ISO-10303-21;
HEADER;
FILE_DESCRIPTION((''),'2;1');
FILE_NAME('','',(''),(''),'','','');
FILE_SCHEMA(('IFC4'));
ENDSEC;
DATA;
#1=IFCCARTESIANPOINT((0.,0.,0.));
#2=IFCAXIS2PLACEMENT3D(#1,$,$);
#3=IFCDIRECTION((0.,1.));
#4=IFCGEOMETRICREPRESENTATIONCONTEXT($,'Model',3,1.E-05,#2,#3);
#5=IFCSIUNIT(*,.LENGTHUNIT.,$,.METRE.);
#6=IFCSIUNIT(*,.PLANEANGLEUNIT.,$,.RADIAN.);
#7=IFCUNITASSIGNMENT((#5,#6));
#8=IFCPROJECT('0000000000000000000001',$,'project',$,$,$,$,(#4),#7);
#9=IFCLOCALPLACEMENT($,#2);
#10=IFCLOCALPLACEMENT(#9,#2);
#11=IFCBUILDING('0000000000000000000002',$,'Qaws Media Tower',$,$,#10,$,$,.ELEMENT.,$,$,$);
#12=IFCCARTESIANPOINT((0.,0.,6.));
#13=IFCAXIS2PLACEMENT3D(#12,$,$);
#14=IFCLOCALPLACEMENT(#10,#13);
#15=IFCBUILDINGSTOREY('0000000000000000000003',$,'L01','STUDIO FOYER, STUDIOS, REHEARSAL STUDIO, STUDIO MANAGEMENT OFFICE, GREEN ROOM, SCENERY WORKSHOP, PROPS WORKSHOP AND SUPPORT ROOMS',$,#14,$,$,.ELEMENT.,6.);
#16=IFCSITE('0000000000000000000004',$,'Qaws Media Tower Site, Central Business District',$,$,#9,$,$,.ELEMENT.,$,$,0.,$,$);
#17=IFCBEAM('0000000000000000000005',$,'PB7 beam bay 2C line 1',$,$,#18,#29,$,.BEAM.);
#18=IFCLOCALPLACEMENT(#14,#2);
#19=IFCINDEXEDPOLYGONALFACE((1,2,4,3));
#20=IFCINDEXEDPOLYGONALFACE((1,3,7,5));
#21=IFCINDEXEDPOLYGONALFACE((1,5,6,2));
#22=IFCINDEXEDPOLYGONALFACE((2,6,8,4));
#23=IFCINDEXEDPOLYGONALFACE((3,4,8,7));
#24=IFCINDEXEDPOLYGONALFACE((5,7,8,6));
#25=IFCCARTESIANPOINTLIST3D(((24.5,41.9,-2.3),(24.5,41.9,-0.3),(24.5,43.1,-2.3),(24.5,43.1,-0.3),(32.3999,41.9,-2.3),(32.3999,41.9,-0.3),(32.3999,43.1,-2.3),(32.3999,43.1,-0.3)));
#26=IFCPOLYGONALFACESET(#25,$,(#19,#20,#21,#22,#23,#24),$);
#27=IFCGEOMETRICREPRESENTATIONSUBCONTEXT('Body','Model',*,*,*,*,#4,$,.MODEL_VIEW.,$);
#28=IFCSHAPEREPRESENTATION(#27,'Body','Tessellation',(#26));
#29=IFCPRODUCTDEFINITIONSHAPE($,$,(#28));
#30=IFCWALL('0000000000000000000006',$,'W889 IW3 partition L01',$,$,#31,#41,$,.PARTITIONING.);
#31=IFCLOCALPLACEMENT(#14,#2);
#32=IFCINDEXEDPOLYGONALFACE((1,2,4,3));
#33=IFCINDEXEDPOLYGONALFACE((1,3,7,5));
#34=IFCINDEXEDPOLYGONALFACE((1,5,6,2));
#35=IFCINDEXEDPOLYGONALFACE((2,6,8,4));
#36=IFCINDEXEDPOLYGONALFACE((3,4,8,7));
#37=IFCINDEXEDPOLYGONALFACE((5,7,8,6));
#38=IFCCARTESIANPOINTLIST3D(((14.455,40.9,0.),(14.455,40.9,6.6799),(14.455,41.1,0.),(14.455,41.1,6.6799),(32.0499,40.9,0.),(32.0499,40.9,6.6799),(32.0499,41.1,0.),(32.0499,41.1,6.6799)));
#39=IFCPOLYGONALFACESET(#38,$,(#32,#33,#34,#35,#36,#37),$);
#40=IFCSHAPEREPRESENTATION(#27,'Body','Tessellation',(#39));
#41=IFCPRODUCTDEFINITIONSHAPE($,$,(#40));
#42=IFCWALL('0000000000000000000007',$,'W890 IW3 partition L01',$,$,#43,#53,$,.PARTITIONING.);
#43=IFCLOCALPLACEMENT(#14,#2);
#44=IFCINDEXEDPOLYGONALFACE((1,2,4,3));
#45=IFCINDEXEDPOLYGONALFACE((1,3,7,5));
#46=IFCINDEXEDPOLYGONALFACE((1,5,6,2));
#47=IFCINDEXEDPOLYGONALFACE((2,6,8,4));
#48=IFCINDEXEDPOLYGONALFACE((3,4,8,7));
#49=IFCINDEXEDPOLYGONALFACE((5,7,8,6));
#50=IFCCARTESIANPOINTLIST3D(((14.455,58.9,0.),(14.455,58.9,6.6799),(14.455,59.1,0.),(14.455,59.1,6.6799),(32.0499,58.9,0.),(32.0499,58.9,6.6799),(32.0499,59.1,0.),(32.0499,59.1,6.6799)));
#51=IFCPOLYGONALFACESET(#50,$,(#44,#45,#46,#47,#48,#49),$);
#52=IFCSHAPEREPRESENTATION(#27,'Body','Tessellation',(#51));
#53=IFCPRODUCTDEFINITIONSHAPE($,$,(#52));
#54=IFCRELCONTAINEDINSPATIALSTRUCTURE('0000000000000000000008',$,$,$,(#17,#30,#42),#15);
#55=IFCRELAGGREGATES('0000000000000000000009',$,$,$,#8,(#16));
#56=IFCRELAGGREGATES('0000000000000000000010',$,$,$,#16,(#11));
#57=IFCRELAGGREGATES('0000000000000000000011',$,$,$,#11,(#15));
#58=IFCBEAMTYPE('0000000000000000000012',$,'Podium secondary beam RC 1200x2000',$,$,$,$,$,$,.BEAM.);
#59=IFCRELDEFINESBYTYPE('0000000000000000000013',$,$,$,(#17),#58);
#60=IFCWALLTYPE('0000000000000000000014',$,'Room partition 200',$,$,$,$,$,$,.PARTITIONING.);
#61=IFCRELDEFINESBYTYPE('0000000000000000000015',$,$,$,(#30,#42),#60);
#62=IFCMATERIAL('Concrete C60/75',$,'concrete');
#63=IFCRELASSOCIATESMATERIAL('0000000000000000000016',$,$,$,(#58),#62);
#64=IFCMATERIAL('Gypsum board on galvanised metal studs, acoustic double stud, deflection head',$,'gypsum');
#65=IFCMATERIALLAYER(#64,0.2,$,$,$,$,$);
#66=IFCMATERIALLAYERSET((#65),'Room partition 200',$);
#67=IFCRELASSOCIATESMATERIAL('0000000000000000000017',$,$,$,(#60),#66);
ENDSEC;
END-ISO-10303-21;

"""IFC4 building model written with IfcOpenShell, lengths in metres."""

from ifc_helpers import new_model, si_unit, direction, frame, frame_2d, origin, origin_2d, place, context, subcontext, project, spatial, rectangle, extrude, material, layer, layer_set, material_profile, profile_set, type_object, element, save


model = new_model("IFC4")

# Units and contexts
model_context = context("Model", 3, precision=1e-05, world=origin(), true_north=direction((0.0, 1.0)))
body_context = subcontext(model_context, "Body", "Model", "MODEL_VIEW")
ifc_project = project(units=[si_unit("LENGTHUNIT", "METRE"), si_unit("PLANEANGLEUNIT", "RADIAN")], contexts=[model_context])

# Site, building, storey
site_placement = place(None, origin())
site = spatial("IfcSite", under=ifc_project, at=site_placement, Name="Qaws Media Tower Site, Central Business District", CompositionType="ELEMENT", RefElevation=0.0)
building_placement = place(site_placement, origin())
building = spatial("IfcBuilding", under=site, at=building_placement, Name="Qaws Media Tower", CompositionType="ELEMENT")
storey_placement = place(building_placement, frame((0.0, 0.0, 6.0)))
storey = spatial("IfcBuildingStorey", under=building, at=storey_placement, Name="L01", Description="STUDIO FOYER, STUDIOS, REHEARSAL STUDIO, STUDIO MANAGEMENT OFFICE, GREEN ROOM, SCENERY WORKSHOP, PROPS WORKSHOP AND SUPPORT ROOMS", CompositionType="ELEMENT", Elevation=6.0)

# Beam
ifc_material_1 = material(Name="Concrete C60/75", Category="concrete")
ifc_material_profile_1 = material_profile(ifc_material_1, rectangle(XDim=1.2, YDim=2.0, at=origin_2d()), Name="RC 1200x2000")
ifc_profile_set_1 = profile_set([ifc_material_profile_1], Name="Concrete C60/75")
beam_type_1 = type_object("IfcBeamType", Name="Podium secondary beam RC 1200x2000", PredefinedType="BEAM", material=ifc_profile_set_1)
beam_placement = place(storey_placement, frame((24.5, 42.5, -1.3), z_axis=(1.0, 0.0, 0.0), x_axis=(0.0, 1.0, 0.0)))
element("IfcBeam", 1, at=beam_placement, inside=storey, type_object=beam_type_1, Name="PB7 beam bay 2C line 1", PredefinedType="BEAM", context=body_context, shape_type="SweptSolid", body=[
    extrude(rectangle(XDim=1.2, YDim=2.0, at=origin_2d()), origin(), (0.0, 0.0, 1.0), 7.8999),
])

# Walls
ifc_material_2 = material(Name="Gypsum board on galvanised metal studs, acoustic double stud, deflection head", Category="gypsum")
ifc_layer = layer(ifc_material_2, 0.2)
ifc_layer_set = layer_set([ifc_layer], Name="Room partition 200")
wall_type = type_object("IfcWallType", Name="Room partition 200", PredefinedType="PARTITIONING", material=ifc_layer_set)
for number, where, z_axis, x_axis, name in (
    (2, (14.4551, 41.0, 0.0), (0.0, 0.0, 1.0), (1.0, 0.0, 0.0), "W889 IW3 partition L01"),
    (3, (14.4551, 59.0, 0.0), (0.0, 0.0, 1.0), (1.0, 0.0, 0.0), "W890 IW3 partition L01"),
):
    element("IfcWall", number, at=place(storey_placement, frame(where, z_axis=z_axis, x_axis=x_axis)), inside=storey, type_object=wall_type, Name=name, PredefinedType="PARTITIONING", context=body_context, shape_type="SweptSolid", body=[
        extrude(rectangle(XDim=17.595, YDim=0.2, at=frame_2d((8.7974, 0.0))), origin(), (0.0, 0.0, 1.0), 6.6799),
    ])

save(model, "model.ifc")
